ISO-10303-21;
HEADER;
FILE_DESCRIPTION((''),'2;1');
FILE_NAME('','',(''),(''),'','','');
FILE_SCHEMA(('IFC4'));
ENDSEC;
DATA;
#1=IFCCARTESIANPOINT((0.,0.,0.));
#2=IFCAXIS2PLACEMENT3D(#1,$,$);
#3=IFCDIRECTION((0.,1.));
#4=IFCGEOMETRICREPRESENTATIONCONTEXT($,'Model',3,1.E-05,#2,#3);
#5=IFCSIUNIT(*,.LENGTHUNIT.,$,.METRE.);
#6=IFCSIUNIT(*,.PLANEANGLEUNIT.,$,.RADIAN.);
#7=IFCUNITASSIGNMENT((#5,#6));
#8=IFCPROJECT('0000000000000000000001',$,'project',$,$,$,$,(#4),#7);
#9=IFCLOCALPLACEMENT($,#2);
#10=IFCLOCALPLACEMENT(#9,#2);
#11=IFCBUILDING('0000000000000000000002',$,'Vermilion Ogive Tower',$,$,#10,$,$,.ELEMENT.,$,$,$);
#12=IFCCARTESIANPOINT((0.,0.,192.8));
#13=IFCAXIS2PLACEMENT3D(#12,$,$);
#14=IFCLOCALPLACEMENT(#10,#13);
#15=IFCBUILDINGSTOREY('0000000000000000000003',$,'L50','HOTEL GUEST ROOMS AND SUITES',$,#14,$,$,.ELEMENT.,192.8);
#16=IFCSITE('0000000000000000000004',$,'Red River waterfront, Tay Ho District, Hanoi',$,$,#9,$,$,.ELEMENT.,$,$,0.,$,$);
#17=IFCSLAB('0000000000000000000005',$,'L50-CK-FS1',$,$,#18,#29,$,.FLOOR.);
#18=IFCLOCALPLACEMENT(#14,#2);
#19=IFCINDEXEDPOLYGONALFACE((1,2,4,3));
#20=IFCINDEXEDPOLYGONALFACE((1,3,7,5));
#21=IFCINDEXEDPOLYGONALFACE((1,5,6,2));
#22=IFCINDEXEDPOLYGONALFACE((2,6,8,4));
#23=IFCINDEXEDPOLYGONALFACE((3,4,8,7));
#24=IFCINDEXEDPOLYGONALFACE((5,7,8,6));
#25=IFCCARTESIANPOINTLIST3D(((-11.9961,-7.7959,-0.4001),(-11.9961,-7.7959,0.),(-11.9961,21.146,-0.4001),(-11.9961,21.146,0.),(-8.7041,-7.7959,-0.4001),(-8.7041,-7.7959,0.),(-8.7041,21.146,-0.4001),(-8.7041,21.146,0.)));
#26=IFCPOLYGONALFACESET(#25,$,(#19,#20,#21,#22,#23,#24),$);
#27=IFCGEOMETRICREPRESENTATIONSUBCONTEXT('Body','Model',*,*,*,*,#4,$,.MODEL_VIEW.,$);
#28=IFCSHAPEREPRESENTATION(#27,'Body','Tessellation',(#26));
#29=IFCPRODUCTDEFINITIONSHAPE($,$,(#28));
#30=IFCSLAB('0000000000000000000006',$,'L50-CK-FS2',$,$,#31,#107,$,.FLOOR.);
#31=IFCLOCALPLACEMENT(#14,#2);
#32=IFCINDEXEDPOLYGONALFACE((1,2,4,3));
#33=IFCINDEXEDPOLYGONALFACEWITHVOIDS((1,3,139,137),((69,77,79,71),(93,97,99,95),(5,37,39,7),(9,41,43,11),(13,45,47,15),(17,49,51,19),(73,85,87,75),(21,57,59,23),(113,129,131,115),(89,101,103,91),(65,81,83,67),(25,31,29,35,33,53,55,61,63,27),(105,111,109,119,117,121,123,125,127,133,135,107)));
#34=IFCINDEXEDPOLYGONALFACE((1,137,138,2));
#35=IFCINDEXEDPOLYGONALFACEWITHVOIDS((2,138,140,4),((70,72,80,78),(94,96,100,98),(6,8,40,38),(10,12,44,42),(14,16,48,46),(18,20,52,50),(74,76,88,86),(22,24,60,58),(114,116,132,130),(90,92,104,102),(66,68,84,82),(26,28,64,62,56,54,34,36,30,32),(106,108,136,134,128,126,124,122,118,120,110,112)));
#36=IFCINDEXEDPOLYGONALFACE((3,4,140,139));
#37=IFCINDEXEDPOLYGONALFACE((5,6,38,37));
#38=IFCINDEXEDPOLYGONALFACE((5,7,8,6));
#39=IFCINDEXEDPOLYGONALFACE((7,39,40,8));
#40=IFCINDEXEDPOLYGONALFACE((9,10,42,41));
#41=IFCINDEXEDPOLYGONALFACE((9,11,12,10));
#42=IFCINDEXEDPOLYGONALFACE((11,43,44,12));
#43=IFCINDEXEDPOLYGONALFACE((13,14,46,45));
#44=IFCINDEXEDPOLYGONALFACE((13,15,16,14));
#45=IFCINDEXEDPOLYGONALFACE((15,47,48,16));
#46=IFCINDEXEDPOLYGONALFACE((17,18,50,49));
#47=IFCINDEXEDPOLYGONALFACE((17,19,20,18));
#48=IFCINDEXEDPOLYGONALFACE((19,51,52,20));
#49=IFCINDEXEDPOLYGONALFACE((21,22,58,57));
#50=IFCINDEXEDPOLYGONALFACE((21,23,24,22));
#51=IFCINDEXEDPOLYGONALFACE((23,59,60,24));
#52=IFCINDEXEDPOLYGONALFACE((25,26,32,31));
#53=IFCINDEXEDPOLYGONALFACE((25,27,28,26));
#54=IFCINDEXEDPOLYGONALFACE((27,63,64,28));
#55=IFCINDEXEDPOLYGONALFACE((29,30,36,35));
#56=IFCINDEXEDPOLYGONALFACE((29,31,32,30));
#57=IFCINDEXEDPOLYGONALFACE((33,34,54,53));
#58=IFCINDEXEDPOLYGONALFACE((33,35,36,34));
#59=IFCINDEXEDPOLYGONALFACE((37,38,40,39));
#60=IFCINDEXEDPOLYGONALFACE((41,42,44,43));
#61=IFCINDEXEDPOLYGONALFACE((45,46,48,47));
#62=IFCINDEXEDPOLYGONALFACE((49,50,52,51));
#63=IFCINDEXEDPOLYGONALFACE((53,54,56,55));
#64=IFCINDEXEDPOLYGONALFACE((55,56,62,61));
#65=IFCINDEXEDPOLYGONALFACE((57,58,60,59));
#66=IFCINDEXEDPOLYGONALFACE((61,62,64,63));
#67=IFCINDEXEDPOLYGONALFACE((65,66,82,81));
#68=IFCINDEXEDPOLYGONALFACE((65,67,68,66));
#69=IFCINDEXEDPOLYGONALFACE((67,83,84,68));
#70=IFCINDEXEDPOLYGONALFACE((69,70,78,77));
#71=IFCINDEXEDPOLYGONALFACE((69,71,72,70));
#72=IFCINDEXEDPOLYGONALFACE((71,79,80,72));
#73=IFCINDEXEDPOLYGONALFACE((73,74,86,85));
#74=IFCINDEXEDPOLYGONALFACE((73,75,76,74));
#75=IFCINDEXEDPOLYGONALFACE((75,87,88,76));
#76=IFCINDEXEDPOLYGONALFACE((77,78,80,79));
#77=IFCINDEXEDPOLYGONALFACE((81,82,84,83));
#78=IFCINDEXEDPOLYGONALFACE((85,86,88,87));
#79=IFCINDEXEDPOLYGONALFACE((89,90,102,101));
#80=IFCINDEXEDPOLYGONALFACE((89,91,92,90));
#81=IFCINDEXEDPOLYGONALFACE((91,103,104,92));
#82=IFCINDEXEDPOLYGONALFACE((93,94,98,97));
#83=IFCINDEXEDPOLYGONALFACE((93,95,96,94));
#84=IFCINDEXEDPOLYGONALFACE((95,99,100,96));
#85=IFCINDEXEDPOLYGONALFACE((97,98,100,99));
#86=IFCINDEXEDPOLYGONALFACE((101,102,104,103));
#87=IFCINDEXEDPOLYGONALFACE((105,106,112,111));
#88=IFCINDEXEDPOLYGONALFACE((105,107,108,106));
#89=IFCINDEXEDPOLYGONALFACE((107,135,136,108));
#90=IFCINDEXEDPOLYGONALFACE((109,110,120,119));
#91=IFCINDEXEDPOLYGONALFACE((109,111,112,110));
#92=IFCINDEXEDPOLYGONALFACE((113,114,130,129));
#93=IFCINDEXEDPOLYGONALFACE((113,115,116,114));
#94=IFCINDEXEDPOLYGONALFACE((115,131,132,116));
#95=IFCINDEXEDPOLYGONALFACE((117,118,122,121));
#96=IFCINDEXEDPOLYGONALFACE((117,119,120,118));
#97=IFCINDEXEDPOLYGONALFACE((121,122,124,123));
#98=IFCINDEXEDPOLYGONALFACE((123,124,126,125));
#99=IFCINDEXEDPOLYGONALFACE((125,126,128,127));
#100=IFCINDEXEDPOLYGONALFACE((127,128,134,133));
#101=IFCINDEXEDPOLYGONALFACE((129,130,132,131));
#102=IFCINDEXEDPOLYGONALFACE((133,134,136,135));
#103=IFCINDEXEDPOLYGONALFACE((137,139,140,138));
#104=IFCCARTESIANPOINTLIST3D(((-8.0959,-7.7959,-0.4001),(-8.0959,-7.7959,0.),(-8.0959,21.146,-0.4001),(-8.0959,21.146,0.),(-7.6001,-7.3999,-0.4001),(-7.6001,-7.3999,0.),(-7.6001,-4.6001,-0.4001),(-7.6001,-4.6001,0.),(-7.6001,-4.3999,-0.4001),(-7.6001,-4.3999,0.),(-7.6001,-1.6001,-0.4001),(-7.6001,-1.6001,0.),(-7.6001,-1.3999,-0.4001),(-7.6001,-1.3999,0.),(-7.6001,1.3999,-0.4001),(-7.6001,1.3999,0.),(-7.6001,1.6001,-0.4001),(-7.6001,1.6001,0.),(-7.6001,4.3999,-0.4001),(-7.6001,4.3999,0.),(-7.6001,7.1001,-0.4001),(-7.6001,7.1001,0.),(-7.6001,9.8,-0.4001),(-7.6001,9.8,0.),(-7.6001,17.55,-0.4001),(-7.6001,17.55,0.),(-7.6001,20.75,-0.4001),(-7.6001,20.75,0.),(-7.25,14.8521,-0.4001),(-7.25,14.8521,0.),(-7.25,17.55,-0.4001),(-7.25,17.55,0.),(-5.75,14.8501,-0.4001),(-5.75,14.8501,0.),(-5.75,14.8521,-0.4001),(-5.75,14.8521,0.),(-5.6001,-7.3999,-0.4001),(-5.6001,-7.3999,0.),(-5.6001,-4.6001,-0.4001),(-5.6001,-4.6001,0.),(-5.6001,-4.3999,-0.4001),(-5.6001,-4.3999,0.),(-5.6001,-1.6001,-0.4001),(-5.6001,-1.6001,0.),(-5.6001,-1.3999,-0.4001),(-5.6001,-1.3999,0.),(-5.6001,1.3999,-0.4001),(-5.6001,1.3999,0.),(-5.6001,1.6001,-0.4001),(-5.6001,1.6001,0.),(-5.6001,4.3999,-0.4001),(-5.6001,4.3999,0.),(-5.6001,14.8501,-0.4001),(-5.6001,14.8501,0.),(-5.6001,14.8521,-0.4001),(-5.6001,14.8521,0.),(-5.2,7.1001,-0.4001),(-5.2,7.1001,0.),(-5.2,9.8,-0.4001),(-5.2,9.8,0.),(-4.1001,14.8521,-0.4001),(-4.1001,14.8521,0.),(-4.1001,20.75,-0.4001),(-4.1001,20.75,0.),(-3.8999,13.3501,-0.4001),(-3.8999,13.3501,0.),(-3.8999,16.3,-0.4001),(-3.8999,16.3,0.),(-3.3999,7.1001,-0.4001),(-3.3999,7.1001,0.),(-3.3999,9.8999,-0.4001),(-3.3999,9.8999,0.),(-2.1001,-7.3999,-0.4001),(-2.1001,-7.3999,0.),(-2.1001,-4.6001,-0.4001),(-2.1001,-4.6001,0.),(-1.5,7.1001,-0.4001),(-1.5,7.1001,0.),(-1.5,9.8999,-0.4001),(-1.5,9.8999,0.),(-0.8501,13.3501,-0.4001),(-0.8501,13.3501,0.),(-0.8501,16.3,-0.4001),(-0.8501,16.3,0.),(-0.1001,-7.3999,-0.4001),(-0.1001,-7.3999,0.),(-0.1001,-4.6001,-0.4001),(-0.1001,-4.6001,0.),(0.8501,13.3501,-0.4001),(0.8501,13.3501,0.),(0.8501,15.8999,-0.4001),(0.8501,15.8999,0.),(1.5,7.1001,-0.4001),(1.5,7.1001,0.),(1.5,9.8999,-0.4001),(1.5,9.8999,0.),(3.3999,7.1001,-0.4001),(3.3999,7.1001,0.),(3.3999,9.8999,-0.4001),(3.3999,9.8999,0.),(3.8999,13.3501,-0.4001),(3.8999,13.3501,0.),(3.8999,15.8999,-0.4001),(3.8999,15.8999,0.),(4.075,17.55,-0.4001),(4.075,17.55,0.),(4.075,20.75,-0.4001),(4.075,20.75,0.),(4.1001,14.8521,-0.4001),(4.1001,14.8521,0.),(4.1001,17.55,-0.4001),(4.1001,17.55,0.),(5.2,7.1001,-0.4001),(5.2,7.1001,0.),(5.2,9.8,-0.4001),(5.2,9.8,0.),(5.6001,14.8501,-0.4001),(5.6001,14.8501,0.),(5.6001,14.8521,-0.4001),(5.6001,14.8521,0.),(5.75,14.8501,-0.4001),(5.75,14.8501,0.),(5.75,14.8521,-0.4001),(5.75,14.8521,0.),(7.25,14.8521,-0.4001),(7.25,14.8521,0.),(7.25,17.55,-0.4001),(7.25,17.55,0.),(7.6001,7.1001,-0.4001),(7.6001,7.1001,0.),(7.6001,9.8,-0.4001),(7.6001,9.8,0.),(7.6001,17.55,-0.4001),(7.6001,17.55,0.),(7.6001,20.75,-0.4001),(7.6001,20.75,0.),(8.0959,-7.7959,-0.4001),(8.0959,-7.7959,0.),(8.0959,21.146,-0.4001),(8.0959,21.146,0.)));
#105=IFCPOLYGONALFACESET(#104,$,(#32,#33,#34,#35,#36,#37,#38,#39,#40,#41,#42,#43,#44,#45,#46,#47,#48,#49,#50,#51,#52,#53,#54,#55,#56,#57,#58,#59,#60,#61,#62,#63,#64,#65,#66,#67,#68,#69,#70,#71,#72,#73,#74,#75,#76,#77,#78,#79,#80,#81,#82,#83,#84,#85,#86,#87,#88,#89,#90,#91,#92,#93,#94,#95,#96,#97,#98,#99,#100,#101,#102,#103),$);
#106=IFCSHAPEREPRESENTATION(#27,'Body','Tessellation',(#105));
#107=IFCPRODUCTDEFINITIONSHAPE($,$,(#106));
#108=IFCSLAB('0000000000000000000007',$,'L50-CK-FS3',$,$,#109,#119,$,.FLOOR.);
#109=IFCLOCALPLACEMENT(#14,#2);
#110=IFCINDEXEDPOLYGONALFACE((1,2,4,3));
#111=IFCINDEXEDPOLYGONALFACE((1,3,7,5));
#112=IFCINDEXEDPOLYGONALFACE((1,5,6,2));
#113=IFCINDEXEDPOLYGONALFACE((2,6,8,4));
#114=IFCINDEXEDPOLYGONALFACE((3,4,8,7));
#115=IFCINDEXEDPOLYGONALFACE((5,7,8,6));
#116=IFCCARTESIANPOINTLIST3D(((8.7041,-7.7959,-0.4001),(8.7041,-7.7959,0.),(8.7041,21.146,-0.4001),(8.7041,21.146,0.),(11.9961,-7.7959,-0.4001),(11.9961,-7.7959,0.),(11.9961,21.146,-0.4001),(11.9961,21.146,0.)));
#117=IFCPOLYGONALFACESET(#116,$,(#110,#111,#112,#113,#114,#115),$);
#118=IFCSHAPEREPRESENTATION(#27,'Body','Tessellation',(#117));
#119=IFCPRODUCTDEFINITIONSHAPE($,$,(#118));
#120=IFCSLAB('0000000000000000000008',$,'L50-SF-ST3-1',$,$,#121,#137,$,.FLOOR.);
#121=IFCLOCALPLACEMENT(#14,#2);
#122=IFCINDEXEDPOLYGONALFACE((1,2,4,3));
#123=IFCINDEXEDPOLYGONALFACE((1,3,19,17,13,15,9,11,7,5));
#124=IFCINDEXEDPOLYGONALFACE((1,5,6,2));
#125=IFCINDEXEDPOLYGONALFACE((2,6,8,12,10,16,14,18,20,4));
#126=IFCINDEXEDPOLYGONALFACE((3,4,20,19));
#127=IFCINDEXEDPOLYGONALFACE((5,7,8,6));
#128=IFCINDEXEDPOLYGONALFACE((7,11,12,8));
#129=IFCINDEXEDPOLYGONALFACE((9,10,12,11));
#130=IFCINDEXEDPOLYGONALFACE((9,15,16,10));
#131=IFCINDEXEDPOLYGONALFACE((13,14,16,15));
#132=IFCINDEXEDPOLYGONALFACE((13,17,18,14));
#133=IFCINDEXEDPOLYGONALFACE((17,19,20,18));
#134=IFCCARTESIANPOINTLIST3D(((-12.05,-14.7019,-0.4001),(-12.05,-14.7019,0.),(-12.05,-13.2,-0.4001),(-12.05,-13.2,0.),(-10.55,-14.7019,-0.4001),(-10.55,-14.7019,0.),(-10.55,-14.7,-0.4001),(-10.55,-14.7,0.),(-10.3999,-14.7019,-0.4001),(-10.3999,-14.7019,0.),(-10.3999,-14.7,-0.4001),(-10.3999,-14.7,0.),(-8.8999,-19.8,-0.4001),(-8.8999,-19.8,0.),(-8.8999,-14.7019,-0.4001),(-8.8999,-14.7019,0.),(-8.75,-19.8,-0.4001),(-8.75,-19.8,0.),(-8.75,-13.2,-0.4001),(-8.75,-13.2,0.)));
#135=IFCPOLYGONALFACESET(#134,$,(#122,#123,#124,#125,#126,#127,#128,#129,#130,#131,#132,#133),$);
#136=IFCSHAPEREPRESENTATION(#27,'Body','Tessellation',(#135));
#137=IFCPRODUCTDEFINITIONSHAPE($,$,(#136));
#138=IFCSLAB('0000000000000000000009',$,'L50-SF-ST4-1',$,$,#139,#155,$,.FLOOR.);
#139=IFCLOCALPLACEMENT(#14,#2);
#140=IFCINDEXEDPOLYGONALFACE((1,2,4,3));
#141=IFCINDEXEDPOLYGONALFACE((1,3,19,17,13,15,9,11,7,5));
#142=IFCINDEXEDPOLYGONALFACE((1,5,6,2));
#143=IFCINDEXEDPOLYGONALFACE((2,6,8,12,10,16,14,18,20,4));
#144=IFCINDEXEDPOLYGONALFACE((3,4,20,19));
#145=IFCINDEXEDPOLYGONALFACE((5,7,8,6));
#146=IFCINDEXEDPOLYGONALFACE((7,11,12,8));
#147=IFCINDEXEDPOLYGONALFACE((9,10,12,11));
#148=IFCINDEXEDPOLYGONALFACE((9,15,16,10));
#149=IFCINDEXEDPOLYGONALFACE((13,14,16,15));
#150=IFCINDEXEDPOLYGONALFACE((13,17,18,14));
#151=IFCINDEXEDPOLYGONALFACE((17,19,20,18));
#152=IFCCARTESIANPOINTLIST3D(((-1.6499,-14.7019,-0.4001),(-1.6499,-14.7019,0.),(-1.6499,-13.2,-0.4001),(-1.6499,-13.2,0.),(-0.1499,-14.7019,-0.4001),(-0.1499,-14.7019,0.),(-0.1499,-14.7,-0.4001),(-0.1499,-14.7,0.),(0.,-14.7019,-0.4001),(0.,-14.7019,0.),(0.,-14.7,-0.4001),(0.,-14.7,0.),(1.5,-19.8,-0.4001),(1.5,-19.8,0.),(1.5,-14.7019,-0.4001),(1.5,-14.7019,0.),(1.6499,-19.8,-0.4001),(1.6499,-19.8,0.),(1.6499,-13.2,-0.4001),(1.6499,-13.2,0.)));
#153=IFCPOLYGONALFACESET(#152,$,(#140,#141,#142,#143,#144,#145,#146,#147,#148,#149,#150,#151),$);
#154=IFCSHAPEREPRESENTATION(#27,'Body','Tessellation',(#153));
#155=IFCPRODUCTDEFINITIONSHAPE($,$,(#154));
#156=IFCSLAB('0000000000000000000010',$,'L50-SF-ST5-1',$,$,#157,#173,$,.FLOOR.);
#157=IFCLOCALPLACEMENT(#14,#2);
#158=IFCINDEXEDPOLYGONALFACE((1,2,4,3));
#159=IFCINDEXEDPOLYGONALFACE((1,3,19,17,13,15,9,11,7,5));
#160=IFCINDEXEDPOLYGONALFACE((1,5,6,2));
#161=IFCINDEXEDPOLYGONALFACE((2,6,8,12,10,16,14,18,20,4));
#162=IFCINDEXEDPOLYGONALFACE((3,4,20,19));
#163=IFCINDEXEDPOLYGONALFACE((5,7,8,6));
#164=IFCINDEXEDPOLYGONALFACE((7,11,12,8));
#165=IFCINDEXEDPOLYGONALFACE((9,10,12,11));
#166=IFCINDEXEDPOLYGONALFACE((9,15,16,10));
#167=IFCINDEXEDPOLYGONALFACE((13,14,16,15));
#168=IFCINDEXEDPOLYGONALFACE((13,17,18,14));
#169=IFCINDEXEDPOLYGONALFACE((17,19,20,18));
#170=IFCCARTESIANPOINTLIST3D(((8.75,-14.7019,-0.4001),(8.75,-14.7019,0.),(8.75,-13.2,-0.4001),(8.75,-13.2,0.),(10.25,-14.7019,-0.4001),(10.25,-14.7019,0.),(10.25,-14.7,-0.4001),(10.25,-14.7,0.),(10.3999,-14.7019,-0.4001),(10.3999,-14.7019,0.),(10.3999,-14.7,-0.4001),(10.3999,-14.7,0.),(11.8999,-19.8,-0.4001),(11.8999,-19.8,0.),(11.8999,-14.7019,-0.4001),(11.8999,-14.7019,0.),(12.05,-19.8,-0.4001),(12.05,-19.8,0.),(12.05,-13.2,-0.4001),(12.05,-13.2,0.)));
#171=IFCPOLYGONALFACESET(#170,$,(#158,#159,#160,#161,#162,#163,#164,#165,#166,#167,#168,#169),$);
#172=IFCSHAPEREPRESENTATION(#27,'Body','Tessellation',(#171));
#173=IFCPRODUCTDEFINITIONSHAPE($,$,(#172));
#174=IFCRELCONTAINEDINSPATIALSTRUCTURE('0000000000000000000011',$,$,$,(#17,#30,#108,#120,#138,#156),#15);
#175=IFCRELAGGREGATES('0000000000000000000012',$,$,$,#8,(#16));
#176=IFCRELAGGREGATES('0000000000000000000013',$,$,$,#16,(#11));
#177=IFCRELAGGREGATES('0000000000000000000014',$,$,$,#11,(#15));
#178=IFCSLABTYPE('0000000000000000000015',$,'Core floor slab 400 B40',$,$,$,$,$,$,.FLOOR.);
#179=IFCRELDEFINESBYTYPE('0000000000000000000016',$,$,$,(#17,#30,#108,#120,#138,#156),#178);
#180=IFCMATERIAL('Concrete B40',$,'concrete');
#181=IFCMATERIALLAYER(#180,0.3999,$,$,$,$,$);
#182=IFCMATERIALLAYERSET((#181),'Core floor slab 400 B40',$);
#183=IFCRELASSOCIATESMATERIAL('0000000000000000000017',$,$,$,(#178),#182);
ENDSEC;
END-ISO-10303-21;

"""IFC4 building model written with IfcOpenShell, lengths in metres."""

from ifc_helpers import new_model, si_unit, direction, frame, origin, place, context, subcontext, project, spatial, polyline, outline, extrude, material, layer, layer_set, type_object, element, save


model = new_model("IFC4")

# Units and contexts
model_context = context("Model", 3, precision=1e-05, world=origin(), true_north=direction((0.0, 1.0)))
body_context = subcontext(model_context, "Body", "Model", "MODEL_VIEW")
ifc_project = project(units=[si_unit("LENGTHUNIT", "METRE"), si_unit("PLANEANGLEUNIT", "RADIAN")], contexts=[model_context])

# Site, building, storey
site_placement = place(None, origin())
site = spatial("IfcSite", under=ifc_project, at=site_placement, Name="Red River waterfront, Tay Ho District, Hanoi", CompositionType="ELEMENT", RefElevation=0.0)
building_placement = place(site_placement, origin())
building = spatial("IfcBuilding", under=site, at=building_placement, Name="Vermilion Ogive Tower", CompositionType="ELEMENT")
storey_placement = place(building_placement, frame((0.0, 0.0, 192.8)))
storey = spatial("IfcBuildingStorey", under=building, at=storey_placement, Name="L50", Description="HOTEL GUEST ROOMS AND SUITES", CompositionType="ELEMENT", Elevation=192.8)

# Slabs
ifc_material_1 = material(Name="Concrete B40", Category="concrete")
ifc_layer_1 = layer(ifc_material_1, 0.3999)
ifc_layer_set_1 = layer_set([ifc_layer_1], Name="Core floor slab 400 B40")
slab_type_1 = type_object("IfcSlabType", Name="Core floor slab 400 B40", PredefinedType="FLOOR", material=ifc_layer_set_1)
slab_1_placement = place(storey_placement, frame((0.0, 0.0, -0.4001)))
element("IfcSlab", 1, at=slab_1_placement, inside=storey, type_object=slab_type_1, Name="L50-CK-FS1", PredefinedType="FLOOR", context=body_context, shape_type="SweptSolid", body=[
    extrude(outline(polyline([(-11.9961, 21.146), (-8.7041, 21.146), (-8.7041, -7.7959), (-11.9961, -7.7959), (-11.9961, 21.146)])), origin(), (0.0, 0.0, 1.0), 0.4001),
])
slab_2_placement = place(storey_placement, frame((0.0, 0.0, -0.4001)))
element("IfcSlab", 2, at=slab_2_placement, inside=storey, type_object=slab_type_1, Name="L50-CK-FS2", PredefinedType="FLOOR", context=body_context, shape_type="SweptSolid", body=[
    extrude(outline(polyline([(-8.0959, -7.7959), (8.0959, -7.7959), (8.0959, 21.146), (-8.0959, 21.146), (-8.0959, -7.7959)]), holes=[polyline([(-7.6001, -7.3999), (-7.6001, -4.6001), (-5.6001, -4.6001), (-5.6001, -7.3999), (-7.6001, -7.3999)]), polyline([(-7.6001, -4.3999), (-7.6001, -1.6001), (-5.6001, -1.6001), (-5.6001, -4.3999), (-7.6001, -4.3999)]), polyline([(-7.6001, -1.3999), (-7.6001, 1.3999), (-5.6001, 1.3999), (-5.6001, -1.3999), (-7.6001, -1.3999)]), polyline([(-7.6001, 1.6001), (-7.6001, 4.3999), (-5.6001, 4.3999), (-5.6001, 1.6001), (-7.6001, 1.6001)]), polyline([(-7.6001, 7.1001), (-7.6001, 9.8), (-5.2, 9.8), (-5.2, 7.1001), (-7.6001, 7.1001)]), polyline([(-3.3999, 9.8999), (-1.5, 9.8999), (-1.5, 7.1001), (-3.3999, 7.1001), (-3.3999, 9.8999)]), polyline([(-7.6001, 17.55), (-7.6001, 20.75), (-4.1001, 20.75), (-4.1001, 14.8521), (-5.6001, 14.8521), (-5.6001, 14.8501), (-5.75, 14.8501), (-5.75, 14.8521), (-7.25, 14.8521), (-7.25, 17.55), (-7.6001, 17.55)]), polyline([(-2.1001, -7.3999), (-2.1001, -4.6001), (-0.1001, -4.6001), (-0.1001, -7.3999), (-2.1001, -7.3999)]), polyline([(5.2, 7.1001), (5.2, 9.8), (7.6001, 9.8), (7.6001, 7.1001), (5.2, 7.1001)]), polyline([(1.5, 7.1001), (1.5, 9.8999), (3.3999, 9.8999), (3.3999, 7.1001), (1.5, 7.1001)]), polyline([(0.8501, 13.3501), (0.8501, 15.8999), (3.8999, 15.8999), (3.8999, 13.3501), (0.8501, 13.3501)]), polyline([(-3.8999, 16.3), (-0.8501, 16.3), (-0.8501, 13.3501), (-3.8999, 13.3501), (-3.8999, 16.3)]), polyline([(5.75, 14.8501), (5.6001, 14.8501), (5.6001, 14.8521), (4.1001, 14.8521), (4.1001, 17.55), (4.075, 17.55), (4.075, 20.75), (7.6001, 20.75), (7.6001, 17.55), (7.25, 17.55), (7.25, 14.8521), (5.75, 14.8521), (5.75, 14.8501)])]), origin(), (0.0, 0.0, 1.0), 0.4001),
])
slab_3_placement = place(storey_placement, frame((0.0, 0.0, -0.4001)))
element("IfcSlab", 3, at=slab_3_placement, inside=storey, type_object=slab_type_1, Name="L50-CK-FS3", PredefinedType="FLOOR", context=body_context, shape_type="SweptSolid", body=[
    extrude(outline(polyline([(11.9961, 21.146), (11.9961, -7.7959), (8.7041, -7.7959), (8.7041, 21.146), (11.9961, 21.146)])), origin(), (0.0, 0.0, 1.0), 0.4001),
])
slab_4_placement = place(storey_placement, frame((0.0, 0.0, -0.4001)))
element("IfcSlab", 4, at=slab_4_placement, inside=storey, type_object=slab_type_1, Name="L50-SF-ST3-1", PredefinedType="FLOOR", context=body_context, shape_type="SweptSolid", body=[
    extrude(outline(polyline([(-12.05, -13.2), (-12.05, -14.7019), (-10.55, -14.7019), (-10.55, -14.7), (-10.3999, -14.7), (-10.3999, -14.7019), (-8.8999, -14.7019), (-8.8999, -19.8), (-8.75, -19.8), (-8.75, -13.2), (-12.05, -13.2)])), origin(), (0.0, 0.0, 1.0), 0.4001),
])
slab_5_placement = place(storey_placement, frame((0.0, 0.0, -0.4001)))
element("IfcSlab", 5, at=slab_5_placement, inside=storey, type_object=slab_type_1, Name="L50-SF-ST4-1", PredefinedType="FLOOR", context=body_context, shape_type="SweptSolid", body=[
    extrude(outline(polyline([(-1.6499, -13.2), (-1.6499, -14.7019), (-0.1499, -14.7019), (-0.1499, -14.7), (0.0, -14.7), (0.0, -14.7019), (1.5, -14.7019), (1.5, -19.8), (1.6499, -19.8), (1.6499, -13.2), (-1.6499, -13.2)])), origin(), (0.0, 0.0, 1.0), 0.4001),
])
slab_6_placement = place(storey_placement, frame((0.0, 0.0, -0.4001)))
element("IfcSlab", 6, at=slab_6_placement, inside=storey, type_object=slab_type_1, Name="L50-SF-ST5-1", PredefinedType="FLOOR", context=body_context, shape_type="SweptSolid", body=[
    extrude(outline(polyline([(8.75, -13.2), (8.75, -14.7019), (10.25, -14.7019), (10.25, -14.7), (10.3999, -14.7), (10.3999, -14.7019), (11.8999, -14.7019), (11.8999, -19.8), (12.05, -19.8), (12.05, -13.2), (8.75, -13.2)])), origin(), (0.0, 0.0, 1.0), 0.4001),
])

save(model, "model.ifc")
